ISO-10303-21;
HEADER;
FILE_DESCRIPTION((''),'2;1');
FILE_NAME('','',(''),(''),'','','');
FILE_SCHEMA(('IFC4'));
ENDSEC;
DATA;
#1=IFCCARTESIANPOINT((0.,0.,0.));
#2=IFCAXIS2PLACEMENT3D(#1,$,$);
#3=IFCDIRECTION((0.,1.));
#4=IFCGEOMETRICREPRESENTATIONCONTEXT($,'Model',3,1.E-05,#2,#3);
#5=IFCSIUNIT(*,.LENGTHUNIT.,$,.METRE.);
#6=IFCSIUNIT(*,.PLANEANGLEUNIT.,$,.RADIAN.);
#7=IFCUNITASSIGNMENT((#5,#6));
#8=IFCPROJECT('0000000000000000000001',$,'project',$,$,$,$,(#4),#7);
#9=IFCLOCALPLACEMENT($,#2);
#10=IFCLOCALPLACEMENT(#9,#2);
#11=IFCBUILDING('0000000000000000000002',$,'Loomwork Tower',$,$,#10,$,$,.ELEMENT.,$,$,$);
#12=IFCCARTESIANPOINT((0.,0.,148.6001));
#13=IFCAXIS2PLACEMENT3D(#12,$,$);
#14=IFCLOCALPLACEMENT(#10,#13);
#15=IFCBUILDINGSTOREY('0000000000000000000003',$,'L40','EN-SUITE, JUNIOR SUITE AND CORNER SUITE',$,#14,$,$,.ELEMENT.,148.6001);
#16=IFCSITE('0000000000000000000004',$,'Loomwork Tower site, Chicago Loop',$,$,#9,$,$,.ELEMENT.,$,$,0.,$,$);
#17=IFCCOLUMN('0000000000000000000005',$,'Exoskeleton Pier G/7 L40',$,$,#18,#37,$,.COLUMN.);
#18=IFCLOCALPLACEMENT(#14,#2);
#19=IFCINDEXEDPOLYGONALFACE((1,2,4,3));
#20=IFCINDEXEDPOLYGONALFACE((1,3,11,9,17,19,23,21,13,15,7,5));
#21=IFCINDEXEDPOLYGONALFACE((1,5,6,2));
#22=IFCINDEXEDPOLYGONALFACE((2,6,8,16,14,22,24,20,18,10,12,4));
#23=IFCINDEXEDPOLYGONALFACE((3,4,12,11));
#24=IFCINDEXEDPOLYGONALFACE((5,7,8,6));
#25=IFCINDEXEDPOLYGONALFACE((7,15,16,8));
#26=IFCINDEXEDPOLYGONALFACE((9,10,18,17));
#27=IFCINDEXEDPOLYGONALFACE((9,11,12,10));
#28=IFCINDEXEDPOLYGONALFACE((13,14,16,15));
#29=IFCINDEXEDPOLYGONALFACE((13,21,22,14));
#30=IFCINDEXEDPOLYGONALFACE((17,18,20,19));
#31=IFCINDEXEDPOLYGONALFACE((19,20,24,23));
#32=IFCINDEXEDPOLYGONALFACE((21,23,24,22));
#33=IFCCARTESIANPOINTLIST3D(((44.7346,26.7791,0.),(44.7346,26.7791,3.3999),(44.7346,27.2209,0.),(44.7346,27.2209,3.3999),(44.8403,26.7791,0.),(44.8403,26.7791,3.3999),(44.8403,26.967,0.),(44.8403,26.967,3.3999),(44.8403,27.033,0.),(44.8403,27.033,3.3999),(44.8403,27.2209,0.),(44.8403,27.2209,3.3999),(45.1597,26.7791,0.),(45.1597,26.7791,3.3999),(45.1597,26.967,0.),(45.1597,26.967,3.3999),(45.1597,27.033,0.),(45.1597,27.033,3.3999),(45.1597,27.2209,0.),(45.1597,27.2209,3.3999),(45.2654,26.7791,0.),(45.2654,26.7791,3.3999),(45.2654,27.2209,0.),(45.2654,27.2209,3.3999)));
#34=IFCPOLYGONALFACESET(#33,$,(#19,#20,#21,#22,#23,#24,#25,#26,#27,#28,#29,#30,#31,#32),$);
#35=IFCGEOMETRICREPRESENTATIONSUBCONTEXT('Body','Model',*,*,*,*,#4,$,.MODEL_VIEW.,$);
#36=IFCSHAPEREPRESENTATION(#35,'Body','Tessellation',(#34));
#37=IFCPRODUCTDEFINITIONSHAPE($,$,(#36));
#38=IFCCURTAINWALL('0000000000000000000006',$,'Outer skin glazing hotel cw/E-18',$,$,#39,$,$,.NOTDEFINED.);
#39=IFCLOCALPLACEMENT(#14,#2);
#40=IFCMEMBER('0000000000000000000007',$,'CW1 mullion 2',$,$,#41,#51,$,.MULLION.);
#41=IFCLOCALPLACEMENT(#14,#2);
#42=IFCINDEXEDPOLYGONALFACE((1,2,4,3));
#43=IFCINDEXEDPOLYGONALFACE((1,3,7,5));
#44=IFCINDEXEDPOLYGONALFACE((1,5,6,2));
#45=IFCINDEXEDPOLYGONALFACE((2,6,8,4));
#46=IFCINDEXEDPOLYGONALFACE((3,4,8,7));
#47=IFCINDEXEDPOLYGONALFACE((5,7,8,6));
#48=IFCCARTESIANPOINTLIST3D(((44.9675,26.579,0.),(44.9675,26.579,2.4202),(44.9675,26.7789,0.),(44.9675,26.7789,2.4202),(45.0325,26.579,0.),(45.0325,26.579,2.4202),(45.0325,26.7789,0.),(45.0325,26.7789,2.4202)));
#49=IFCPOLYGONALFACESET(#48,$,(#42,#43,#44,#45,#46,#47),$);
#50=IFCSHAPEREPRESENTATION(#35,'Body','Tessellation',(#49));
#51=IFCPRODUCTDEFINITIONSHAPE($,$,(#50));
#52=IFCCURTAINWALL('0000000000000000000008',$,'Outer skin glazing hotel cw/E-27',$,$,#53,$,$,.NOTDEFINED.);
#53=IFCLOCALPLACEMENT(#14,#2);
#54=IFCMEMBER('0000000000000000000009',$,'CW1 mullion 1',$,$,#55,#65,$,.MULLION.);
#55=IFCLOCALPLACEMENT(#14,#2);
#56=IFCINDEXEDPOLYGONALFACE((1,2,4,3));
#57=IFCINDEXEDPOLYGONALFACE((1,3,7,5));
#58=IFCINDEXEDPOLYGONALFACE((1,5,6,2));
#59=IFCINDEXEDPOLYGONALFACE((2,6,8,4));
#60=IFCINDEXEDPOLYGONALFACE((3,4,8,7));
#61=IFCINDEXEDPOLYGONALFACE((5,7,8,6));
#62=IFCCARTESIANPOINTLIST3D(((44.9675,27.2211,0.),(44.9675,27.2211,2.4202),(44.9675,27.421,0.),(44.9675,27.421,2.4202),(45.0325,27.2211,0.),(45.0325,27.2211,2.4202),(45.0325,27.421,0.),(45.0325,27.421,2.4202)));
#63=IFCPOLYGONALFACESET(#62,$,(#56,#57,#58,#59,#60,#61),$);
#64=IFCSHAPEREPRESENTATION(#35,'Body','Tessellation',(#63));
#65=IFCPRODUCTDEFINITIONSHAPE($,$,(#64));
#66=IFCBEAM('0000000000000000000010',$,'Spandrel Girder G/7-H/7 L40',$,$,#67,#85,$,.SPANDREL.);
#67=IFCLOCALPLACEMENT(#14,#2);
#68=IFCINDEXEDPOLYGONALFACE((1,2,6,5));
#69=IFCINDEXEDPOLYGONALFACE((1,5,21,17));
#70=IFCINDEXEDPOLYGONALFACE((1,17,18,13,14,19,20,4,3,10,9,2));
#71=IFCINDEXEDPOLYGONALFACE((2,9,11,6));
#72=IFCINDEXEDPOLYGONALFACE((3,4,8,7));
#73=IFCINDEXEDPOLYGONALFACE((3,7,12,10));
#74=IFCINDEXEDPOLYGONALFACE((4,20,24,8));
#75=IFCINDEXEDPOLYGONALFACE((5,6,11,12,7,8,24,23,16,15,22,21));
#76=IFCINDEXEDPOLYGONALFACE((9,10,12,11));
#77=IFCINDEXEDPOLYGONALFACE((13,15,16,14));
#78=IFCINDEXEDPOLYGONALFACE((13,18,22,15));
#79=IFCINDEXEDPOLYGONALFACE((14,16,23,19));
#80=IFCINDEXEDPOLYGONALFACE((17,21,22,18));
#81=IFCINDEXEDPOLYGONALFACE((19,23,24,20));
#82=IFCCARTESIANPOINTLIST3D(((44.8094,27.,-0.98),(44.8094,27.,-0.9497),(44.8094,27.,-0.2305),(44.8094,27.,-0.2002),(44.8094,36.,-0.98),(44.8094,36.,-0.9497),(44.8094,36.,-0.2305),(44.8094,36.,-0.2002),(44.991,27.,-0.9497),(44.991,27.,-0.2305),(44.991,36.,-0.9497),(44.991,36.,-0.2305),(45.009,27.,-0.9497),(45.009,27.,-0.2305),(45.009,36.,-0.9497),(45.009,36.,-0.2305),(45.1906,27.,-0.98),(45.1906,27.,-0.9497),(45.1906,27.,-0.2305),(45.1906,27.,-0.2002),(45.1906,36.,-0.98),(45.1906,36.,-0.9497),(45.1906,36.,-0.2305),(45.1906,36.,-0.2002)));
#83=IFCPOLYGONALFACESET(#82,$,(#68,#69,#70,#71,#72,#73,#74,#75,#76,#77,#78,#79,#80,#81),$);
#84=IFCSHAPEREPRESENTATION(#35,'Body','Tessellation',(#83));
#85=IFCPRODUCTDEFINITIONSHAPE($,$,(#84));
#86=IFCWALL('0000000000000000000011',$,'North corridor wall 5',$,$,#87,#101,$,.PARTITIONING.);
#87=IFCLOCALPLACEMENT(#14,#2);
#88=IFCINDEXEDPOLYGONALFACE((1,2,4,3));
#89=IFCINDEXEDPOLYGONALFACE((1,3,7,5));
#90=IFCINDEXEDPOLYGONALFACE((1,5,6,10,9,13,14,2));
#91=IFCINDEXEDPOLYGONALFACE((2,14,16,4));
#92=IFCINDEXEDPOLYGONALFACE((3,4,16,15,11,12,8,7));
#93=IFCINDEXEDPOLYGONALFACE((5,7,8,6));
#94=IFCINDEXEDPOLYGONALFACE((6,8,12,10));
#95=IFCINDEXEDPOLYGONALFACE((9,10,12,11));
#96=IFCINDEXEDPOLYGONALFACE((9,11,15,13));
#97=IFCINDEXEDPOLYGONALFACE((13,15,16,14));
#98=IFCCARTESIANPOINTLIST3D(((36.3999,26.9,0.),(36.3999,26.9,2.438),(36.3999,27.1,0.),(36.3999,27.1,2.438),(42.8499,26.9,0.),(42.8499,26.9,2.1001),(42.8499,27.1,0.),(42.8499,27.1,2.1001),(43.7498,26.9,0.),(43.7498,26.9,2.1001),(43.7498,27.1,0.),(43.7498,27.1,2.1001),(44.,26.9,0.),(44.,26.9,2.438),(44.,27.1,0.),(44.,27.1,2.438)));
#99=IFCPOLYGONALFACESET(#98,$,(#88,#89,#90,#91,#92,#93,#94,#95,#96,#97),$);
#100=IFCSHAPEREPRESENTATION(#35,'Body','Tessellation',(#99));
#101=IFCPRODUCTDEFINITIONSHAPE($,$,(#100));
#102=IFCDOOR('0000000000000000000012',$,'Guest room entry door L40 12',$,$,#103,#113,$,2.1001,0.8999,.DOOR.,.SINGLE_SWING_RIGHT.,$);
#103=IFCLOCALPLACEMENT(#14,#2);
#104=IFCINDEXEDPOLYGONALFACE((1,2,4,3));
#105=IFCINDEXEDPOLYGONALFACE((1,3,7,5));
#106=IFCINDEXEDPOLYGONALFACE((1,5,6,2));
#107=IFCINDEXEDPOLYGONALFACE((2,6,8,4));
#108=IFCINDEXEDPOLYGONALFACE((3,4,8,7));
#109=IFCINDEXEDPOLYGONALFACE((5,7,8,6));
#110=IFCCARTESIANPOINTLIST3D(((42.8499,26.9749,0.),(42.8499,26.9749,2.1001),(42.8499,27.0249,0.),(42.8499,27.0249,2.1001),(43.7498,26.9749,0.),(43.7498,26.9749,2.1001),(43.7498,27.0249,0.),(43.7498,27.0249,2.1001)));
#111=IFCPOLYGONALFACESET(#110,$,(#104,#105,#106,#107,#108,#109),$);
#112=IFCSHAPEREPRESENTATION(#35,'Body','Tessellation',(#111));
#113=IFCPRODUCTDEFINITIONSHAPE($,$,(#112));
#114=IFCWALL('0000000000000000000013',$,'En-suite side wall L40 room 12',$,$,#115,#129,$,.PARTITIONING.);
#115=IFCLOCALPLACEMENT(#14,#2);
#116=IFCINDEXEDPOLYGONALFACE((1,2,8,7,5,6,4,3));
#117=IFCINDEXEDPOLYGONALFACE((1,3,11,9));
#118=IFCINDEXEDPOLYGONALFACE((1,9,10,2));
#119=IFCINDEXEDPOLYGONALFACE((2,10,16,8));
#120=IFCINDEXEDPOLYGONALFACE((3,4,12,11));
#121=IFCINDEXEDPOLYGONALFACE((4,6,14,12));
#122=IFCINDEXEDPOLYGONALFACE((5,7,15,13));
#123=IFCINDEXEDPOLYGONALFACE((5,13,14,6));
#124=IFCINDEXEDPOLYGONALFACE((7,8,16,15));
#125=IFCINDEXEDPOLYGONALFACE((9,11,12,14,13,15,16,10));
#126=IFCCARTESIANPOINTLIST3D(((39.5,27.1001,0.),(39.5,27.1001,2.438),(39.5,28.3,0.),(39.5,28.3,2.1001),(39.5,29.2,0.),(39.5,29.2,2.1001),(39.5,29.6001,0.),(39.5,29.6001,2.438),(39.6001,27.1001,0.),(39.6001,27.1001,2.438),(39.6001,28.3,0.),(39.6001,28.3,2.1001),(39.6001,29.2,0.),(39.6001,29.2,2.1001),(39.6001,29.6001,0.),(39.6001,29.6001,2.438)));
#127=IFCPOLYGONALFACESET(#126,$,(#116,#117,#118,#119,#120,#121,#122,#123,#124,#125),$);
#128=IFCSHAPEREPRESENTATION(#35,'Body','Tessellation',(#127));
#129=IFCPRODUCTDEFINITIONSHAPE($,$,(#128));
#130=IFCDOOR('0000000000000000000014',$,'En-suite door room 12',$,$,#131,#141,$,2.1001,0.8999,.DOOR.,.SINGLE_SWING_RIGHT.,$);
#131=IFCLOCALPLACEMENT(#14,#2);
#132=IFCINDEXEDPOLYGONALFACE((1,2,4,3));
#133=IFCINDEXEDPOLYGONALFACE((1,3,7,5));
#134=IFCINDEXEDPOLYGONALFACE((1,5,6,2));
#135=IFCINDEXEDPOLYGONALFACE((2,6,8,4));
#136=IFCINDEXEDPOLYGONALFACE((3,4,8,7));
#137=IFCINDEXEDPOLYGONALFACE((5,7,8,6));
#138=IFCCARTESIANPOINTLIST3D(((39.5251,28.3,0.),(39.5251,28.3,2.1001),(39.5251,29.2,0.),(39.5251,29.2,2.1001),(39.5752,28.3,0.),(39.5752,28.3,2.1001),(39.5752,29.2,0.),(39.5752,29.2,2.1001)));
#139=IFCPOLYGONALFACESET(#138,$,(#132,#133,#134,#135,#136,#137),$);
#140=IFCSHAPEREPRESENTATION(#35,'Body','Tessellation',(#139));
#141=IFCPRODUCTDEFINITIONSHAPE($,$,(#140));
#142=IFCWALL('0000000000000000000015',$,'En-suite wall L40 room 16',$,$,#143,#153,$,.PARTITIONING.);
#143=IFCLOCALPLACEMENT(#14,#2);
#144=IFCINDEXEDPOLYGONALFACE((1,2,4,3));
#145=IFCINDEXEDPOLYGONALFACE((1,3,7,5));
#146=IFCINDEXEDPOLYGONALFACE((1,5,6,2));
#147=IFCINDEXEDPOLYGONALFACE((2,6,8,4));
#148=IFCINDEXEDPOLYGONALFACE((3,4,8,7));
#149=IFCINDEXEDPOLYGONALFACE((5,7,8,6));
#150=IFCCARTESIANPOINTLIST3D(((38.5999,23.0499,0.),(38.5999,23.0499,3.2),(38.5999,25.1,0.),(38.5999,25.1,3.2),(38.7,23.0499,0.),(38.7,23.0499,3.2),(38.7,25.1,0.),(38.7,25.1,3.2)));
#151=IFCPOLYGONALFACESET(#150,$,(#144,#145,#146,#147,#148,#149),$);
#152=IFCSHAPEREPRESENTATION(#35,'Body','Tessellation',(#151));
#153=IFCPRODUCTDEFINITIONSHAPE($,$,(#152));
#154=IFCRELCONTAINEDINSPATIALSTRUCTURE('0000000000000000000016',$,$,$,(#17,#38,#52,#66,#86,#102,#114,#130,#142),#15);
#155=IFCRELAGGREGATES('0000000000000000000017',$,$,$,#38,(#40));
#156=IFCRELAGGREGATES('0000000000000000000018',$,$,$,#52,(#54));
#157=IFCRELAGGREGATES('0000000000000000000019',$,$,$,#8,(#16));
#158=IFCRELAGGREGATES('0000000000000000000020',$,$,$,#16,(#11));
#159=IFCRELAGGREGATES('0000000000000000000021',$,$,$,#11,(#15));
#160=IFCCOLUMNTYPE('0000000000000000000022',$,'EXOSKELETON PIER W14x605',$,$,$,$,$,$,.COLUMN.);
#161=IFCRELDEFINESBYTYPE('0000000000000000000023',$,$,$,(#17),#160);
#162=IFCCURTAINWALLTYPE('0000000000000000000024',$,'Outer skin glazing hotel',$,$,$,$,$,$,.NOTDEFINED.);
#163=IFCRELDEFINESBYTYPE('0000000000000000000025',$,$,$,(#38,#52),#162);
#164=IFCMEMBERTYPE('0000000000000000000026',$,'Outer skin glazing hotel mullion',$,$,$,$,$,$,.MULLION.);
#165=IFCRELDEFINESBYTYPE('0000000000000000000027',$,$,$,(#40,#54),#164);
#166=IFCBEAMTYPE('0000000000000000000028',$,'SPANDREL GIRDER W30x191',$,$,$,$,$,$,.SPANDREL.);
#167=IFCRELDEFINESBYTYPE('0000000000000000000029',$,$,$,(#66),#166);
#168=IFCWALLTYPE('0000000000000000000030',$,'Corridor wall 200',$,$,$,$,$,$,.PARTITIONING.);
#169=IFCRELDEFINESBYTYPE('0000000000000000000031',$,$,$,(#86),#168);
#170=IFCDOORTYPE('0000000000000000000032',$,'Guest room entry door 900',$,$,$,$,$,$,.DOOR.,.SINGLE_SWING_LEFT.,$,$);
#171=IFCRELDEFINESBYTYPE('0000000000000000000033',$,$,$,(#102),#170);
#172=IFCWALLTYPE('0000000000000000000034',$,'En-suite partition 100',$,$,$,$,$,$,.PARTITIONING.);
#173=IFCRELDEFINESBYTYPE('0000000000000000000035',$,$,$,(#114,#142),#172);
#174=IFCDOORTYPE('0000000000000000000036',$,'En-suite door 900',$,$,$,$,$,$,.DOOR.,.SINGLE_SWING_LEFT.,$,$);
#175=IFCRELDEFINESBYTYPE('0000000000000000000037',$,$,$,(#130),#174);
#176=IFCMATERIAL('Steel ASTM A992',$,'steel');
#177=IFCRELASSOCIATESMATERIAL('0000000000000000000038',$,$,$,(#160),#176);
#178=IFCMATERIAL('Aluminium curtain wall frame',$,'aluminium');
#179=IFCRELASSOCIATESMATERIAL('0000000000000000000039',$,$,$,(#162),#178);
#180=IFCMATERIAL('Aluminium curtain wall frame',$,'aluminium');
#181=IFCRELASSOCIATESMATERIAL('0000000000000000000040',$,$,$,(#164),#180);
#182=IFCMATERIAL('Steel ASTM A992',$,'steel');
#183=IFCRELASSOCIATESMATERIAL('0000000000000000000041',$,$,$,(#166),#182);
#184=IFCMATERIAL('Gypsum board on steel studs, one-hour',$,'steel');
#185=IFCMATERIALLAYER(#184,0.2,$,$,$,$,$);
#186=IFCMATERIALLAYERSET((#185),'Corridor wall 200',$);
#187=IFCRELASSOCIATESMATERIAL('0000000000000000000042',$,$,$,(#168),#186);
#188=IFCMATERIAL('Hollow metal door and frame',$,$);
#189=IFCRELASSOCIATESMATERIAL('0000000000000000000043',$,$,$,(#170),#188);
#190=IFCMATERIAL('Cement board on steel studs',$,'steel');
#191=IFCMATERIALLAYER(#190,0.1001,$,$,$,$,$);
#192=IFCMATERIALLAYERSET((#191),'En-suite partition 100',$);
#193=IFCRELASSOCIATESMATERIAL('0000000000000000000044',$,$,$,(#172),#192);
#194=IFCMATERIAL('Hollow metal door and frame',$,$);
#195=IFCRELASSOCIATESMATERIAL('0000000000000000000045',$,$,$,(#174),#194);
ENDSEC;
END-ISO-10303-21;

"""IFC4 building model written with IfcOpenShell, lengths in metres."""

from ifc_helpers import new_model, si_unit, direction, frame, frame_2d, origin, origin_2d, place, context, subcontext, project, spatial, rectangle, i_section, extrude, material, layer, layer_set, material_profile, profile_set, type_object, element, fill, aggregate, save


model = new_model("IFC4")

# Units and contexts
model_context = context("Model", 3, precision=1e-05, world=origin(), true_north=direction((0.0, 1.0)))
body_context = subcontext(model_context, "Body", "Model", "MODEL_VIEW")
ifc_project = project(units=[si_unit("LENGTHUNIT", "METRE"), si_unit("PLANEANGLEUNIT", "RADIAN")], contexts=[model_context])

# Site, building, storey
site_placement = place(None, origin())
site = spatial("IfcSite", under=ifc_project, at=site_placement, Name="Loomwork Tower site, Chicago Loop", CompositionType="ELEMENT", RefElevation=0.0)
building_placement = place(site_placement, origin())
building = spatial("IfcBuilding", under=site, at=building_placement, Name="Loomwork Tower", CompositionType="ELEMENT")
storey_placement = place(building_placement, frame((0.0, 0.0, 148.6001)))
storey = spatial("IfcBuildingStorey", under=building, at=storey_placement, Name="L40", Description="EN-SUITE, JUNIOR SUITE AND CORNER SUITE", CompositionType="ELEMENT", Elevation=148.6001)

# Column
ifc_material_1 = material(Name="Steel ASTM A992", Category="steel")
ifc_material_profile_1 = material_profile(ifc_material_1, i_section(OverallWidth=0.4419, OverallDepth=0.5308, WebThickness=0.0659, FlangeThickness=0.1057, at=origin_2d()), Name="W14x605")
ifc_profile_set_1 = profile_set([ifc_material_profile_1], Name="Steel ASTM A992")
column_type = type_object("IfcColumnType", Name="EXOSKELETON PIER W14x605", PredefinedType="COLUMN", material=ifc_profile_set_1)
column_placement = place(storey_placement, frame((45.0, 27.0, 0.0), z_axis=(0.0, 0.0, 1.0), x_axis=(0.0, 1.0, 0.0)))
element("IfcColumn", 1, at=column_placement, inside=storey, type_object=column_type, Name="Exoskeleton Pier G/7 L40", PredefinedType="COLUMN", context=body_context, shape_type="SweptSolid", body=[
    extrude(i_section(OverallWidth=0.4419, OverallDepth=0.5308, WebThickness=0.0659, FlangeThickness=0.1057, at=origin_2d()), origin(), (0.0, 0.0, 1.0), 3.3999),
])

# Curtain walls, members
ifc_material_2 = material(Name="Aluminium curtain wall frame", Category="aluminium")
curtain_wall_type = type_object("IfcCurtainWallType", Name="Outer skin glazing hotel", PredefinedType="NOTDEFINED", material=ifc_material_2)
curtain_wall_1_placement = place(storey_placement, origin())
curtain_wall_1 = element("IfcCurtainWall", 2, at=curtain_wall_1_placement, inside=storey, type_object=curtain_wall_type, Name="Outer skin glazing hotel cw/E-18", PredefinedType="NOTDEFINED")
ifc_material_3 = material(Name="Aluminium curtain wall frame", Category="aluminium")
ifc_material_profile_2 = material_profile(ifc_material_3, rectangle(XDim=0.0649, YDim=0.2, at=origin_2d()), Name="AL 65x200")
ifc_profile_set_2 = profile_set([ifc_material_profile_2], Name="Aluminium curtain wall frame")
member_type = type_object("IfcMemberType", Name="Outer skin glazing hotel mullion", PredefinedType="MULLION", material=ifc_profile_set_2)
member_1_placement = place(storey_placement, frame((45.0, 26.679, 0.0), z_axis=(0.0, 0.0, 1.0), x_axis=(-1.0, 0.0, 0.0)))
member_1 = element("IfcMember", 3, at=member_1_placement, type_object=member_type, Name="CW1 mullion 2", PredefinedType="MULLION", context=body_context, shape_type="SweptSolid", body=[
    extrude(rectangle(XDim=0.0649, YDim=0.2, at=origin_2d()), origin(), (0.0, 0.0, 1.0), 2.4202),
])
aggregate(curtain_wall_1, [member_1])
curtain_wall_2_placement = place(storey_placement, origin())
curtain_wall_2 = element("IfcCurtainWall", 4, at=curtain_wall_2_placement, inside=storey, type_object=curtain_wall_type, Name="Outer skin glazing hotel cw/E-27", PredefinedType="NOTDEFINED")
member_2_placement = place(storey_placement, frame((45.0, 27.321, 0.0), z_axis=(0.0, 0.0, 1.0), x_axis=(-1.0, 0.0, 0.0)))
member_2 = element("IfcMember", 5, at=member_2_placement, type_object=member_type, Name="CW1 mullion 1", PredefinedType="MULLION", context=body_context, shape_type="SweptSolid", body=[
    extrude(rectangle(XDim=0.0649, YDim=0.2, at=origin_2d()), origin(), (0.0, 0.0, 1.0), 2.4202),
])
aggregate(curtain_wall_2, [member_2])

# Beam
ifc_material_4 = material(Name="Steel ASTM A992", Category="steel")
ifc_material_profile_3 = material_profile(ifc_material_4, i_section(OverallWidth=0.3811, OverallDepth=0.7798, WebThickness=0.0181, FlangeThickness=0.0303, at=origin_2d()), Name="W30x191")
ifc_profile_set_3 = profile_set([ifc_material_profile_3], Name="Steel ASTM A992")
beam_type = type_object("IfcBeamType", Name="SPANDREL GIRDER W30x191", PredefinedType="SPANDREL", material=ifc_profile_set_3)
beam_placement = place(storey_placement, frame((45.0, 27.0, -0.5901), z_axis=(0.0, 1.0, 0.0), x_axis=(-1.0, 0.0, 0.0)))
element("IfcBeam", 6, at=beam_placement, inside=storey, type_object=beam_type, Name="Spandrel Girder G/7-H/7 L40", PredefinedType="SPANDREL", context=body_context, shape_type="SweptSolid", body=[
    extrude(i_section(OverallWidth=0.3811, OverallDepth=0.7798, WebThickness=0.0181, FlangeThickness=0.0303, at=origin_2d()), origin(), (0.0, 0.0, 1.0), 9.0),
])

# Walls, openings, doors
ifc_material_5 = material(Name="Gypsum board on steel studs, one-hour", Category="steel")
ifc_layer_1 = layer(ifc_material_5, 0.2)
ifc_layer_set_1 = layer_set([ifc_layer_1], Name="Corridor wall 200")
wall_type_1 = type_object("IfcWallType", Name="Corridor wall 200", PredefinedType="PARTITIONING", material=ifc_layer_set_1)
wall_1_placement = place(storey_placement, frame((36.3999, 27.0, 0.0), z_axis=(0.0, 0.0, 1.0), x_axis=(1.0, 0.0, 0.0)))
wall_1 = element("IfcWall", 7, at=wall_1_placement, inside=storey, type_object=wall_type_1, Name="North corridor wall 5", PredefinedType="PARTITIONING", context=body_context, shape_type="SweptSolid", body=[
    extrude(rectangle(XDim=7.6001, YDim=0.2, at=frame_2d((3.8, 0.0))), origin(), (0.0, 0.0, 1.0), 2.438),
])
opening_1_placement = place(wall_1_placement, frame((6.45, 0.0, 0.0)))
opening_1 = element("IfcOpeningElement", 8, at=opening_1_placement, cuts=wall_1, PredefinedType="OPENING", context=body_context, shape_type="SweptSolid", body=[
    extrude(rectangle(XDim=0.8999, YDim=2.1001, at=frame_2d((0.45, 1.05))), frame((0.0, 0.1099, 0.0), z_axis=(0.0, -1.0, 0.0), x_axis=(1.0, 0.0, 0.0)), (0.0, 0.0, 1.0), 0.22),
])
ifc_material_6 = material(Name="Hollow metal door and frame")
door_type_1 = type_object("IfcDoorType", Name="Guest room entry door 900", OperationType="SINGLE_SWING_LEFT", PredefinedType="DOOR", material=ifc_material_6)
door_1_placement = place(opening_1_placement, origin())
door_1 = element("IfcDoor", 9, at=door_1_placement, inside=storey, type_object=door_type_1, Name="Guest room entry door L40 12", OperationType="SINGLE_SWING_RIGHT", OverallHeight=2.1001, OverallWidth=0.8999, PredefinedType="DOOR", context=body_context, shape_type="SweptSolid", body=[
    extrude(rectangle(XDim=0.8999, YDim=2.1001, at=frame_2d((0.45, 1.05))), frame((0.0, 0.0249, 0.0), z_axis=(0.0, -1.0, 0.0), x_axis=(1.0, 0.0, 0.0)), (0.0, 0.0, 1.0), 0.05),
])
fill(opening_1, door_1)
ifc_material_7 = material(Name="Cement board on steel studs", Category="steel")
ifc_layer_2 = layer(ifc_material_7, 0.1001)
ifc_layer_set_2 = layer_set([ifc_layer_2], Name="En-suite partition 100")
wall_type_2 = type_object("IfcWallType", Name="En-suite partition 100", PredefinedType="PARTITIONING", material=ifc_layer_set_2)
wall_2_placement = place(storey_placement, frame((39.55, 27.1001, 0.0), z_axis=(0.0, 0.0, 1.0), x_axis=(0.0, 1.0, 0.0)))
wall_2 = element("IfcWall", 10, at=wall_2_placement, inside=storey, type_object=wall_type_2, Name="En-suite side wall L40 room 12", PredefinedType="PARTITIONING", context=body_context, shape_type="SweptSolid", body=[
    extrude(rectangle(XDim=2.5, YDim=0.1001, at=frame_2d((1.25, 0.0))), origin(), (0.0, 0.0, 1.0), 2.438),
])
opening_2_placement = place(wall_2_placement, frame((1.2, 0.0, 0.0)))
opening_2 = element("IfcOpeningElement", 11, at=opening_2_placement, cuts=wall_2, PredefinedType="OPENING", context=body_context, shape_type="SweptSolid", body=[
    extrude(rectangle(XDim=0.8999, YDim=2.1001, at=frame_2d((0.45, 1.05))), frame((0.0, 0.0601, 0.0), z_axis=(0.0, -1.0, 0.0), x_axis=(1.0, 0.0, 0.0)), (0.0, 0.0, 1.0), 0.1201),
])
ifc_material_8 = material(Name="Hollow metal door and frame")
door_type_2 = type_object("IfcDoorType", Name="En-suite door 900", OperationType="SINGLE_SWING_LEFT", PredefinedType="DOOR", material=ifc_material_8)
door_2_placement = place(opening_2_placement, origin())
door_2 = element("IfcDoor", 12, at=door_2_placement, inside=storey, type_object=door_type_2, Name="En-suite door room 12", OperationType="SINGLE_SWING_RIGHT", OverallHeight=2.1001, OverallWidth=0.8999, PredefinedType="DOOR", context=body_context, shape_type="SweptSolid", body=[
    extrude(rectangle(XDim=0.8999, YDim=2.1001, at=frame_2d((0.45, 1.05))), frame((0.0, 0.0249, 0.0), z_axis=(0.0, -1.0, 0.0), x_axis=(1.0, 0.0, 0.0)), (0.0, 0.0, 1.0), 0.05),
])
fill(opening_2, door_2)

# Wall
wall_3_placement = place(storey_placement, frame((38.6499, 23.05, 0.0), z_axis=(0.0, 0.0, 1.0), x_axis=(0.0, 1.0, 0.0)))
element("IfcWall", 13, at=wall_3_placement, inside=storey, type_object=wall_type_2, Name="En-suite wall L40 room 16", PredefinedType="PARTITIONING", context=body_context, shape_type="SweptSolid", body=[
    extrude(rectangle(XDim=2.05, YDim=0.1001, at=frame_2d((1.0249, 0.0))), origin(), (0.0, 0.0, 1.0), 3.2),
])

save(model, "model.ifc")
